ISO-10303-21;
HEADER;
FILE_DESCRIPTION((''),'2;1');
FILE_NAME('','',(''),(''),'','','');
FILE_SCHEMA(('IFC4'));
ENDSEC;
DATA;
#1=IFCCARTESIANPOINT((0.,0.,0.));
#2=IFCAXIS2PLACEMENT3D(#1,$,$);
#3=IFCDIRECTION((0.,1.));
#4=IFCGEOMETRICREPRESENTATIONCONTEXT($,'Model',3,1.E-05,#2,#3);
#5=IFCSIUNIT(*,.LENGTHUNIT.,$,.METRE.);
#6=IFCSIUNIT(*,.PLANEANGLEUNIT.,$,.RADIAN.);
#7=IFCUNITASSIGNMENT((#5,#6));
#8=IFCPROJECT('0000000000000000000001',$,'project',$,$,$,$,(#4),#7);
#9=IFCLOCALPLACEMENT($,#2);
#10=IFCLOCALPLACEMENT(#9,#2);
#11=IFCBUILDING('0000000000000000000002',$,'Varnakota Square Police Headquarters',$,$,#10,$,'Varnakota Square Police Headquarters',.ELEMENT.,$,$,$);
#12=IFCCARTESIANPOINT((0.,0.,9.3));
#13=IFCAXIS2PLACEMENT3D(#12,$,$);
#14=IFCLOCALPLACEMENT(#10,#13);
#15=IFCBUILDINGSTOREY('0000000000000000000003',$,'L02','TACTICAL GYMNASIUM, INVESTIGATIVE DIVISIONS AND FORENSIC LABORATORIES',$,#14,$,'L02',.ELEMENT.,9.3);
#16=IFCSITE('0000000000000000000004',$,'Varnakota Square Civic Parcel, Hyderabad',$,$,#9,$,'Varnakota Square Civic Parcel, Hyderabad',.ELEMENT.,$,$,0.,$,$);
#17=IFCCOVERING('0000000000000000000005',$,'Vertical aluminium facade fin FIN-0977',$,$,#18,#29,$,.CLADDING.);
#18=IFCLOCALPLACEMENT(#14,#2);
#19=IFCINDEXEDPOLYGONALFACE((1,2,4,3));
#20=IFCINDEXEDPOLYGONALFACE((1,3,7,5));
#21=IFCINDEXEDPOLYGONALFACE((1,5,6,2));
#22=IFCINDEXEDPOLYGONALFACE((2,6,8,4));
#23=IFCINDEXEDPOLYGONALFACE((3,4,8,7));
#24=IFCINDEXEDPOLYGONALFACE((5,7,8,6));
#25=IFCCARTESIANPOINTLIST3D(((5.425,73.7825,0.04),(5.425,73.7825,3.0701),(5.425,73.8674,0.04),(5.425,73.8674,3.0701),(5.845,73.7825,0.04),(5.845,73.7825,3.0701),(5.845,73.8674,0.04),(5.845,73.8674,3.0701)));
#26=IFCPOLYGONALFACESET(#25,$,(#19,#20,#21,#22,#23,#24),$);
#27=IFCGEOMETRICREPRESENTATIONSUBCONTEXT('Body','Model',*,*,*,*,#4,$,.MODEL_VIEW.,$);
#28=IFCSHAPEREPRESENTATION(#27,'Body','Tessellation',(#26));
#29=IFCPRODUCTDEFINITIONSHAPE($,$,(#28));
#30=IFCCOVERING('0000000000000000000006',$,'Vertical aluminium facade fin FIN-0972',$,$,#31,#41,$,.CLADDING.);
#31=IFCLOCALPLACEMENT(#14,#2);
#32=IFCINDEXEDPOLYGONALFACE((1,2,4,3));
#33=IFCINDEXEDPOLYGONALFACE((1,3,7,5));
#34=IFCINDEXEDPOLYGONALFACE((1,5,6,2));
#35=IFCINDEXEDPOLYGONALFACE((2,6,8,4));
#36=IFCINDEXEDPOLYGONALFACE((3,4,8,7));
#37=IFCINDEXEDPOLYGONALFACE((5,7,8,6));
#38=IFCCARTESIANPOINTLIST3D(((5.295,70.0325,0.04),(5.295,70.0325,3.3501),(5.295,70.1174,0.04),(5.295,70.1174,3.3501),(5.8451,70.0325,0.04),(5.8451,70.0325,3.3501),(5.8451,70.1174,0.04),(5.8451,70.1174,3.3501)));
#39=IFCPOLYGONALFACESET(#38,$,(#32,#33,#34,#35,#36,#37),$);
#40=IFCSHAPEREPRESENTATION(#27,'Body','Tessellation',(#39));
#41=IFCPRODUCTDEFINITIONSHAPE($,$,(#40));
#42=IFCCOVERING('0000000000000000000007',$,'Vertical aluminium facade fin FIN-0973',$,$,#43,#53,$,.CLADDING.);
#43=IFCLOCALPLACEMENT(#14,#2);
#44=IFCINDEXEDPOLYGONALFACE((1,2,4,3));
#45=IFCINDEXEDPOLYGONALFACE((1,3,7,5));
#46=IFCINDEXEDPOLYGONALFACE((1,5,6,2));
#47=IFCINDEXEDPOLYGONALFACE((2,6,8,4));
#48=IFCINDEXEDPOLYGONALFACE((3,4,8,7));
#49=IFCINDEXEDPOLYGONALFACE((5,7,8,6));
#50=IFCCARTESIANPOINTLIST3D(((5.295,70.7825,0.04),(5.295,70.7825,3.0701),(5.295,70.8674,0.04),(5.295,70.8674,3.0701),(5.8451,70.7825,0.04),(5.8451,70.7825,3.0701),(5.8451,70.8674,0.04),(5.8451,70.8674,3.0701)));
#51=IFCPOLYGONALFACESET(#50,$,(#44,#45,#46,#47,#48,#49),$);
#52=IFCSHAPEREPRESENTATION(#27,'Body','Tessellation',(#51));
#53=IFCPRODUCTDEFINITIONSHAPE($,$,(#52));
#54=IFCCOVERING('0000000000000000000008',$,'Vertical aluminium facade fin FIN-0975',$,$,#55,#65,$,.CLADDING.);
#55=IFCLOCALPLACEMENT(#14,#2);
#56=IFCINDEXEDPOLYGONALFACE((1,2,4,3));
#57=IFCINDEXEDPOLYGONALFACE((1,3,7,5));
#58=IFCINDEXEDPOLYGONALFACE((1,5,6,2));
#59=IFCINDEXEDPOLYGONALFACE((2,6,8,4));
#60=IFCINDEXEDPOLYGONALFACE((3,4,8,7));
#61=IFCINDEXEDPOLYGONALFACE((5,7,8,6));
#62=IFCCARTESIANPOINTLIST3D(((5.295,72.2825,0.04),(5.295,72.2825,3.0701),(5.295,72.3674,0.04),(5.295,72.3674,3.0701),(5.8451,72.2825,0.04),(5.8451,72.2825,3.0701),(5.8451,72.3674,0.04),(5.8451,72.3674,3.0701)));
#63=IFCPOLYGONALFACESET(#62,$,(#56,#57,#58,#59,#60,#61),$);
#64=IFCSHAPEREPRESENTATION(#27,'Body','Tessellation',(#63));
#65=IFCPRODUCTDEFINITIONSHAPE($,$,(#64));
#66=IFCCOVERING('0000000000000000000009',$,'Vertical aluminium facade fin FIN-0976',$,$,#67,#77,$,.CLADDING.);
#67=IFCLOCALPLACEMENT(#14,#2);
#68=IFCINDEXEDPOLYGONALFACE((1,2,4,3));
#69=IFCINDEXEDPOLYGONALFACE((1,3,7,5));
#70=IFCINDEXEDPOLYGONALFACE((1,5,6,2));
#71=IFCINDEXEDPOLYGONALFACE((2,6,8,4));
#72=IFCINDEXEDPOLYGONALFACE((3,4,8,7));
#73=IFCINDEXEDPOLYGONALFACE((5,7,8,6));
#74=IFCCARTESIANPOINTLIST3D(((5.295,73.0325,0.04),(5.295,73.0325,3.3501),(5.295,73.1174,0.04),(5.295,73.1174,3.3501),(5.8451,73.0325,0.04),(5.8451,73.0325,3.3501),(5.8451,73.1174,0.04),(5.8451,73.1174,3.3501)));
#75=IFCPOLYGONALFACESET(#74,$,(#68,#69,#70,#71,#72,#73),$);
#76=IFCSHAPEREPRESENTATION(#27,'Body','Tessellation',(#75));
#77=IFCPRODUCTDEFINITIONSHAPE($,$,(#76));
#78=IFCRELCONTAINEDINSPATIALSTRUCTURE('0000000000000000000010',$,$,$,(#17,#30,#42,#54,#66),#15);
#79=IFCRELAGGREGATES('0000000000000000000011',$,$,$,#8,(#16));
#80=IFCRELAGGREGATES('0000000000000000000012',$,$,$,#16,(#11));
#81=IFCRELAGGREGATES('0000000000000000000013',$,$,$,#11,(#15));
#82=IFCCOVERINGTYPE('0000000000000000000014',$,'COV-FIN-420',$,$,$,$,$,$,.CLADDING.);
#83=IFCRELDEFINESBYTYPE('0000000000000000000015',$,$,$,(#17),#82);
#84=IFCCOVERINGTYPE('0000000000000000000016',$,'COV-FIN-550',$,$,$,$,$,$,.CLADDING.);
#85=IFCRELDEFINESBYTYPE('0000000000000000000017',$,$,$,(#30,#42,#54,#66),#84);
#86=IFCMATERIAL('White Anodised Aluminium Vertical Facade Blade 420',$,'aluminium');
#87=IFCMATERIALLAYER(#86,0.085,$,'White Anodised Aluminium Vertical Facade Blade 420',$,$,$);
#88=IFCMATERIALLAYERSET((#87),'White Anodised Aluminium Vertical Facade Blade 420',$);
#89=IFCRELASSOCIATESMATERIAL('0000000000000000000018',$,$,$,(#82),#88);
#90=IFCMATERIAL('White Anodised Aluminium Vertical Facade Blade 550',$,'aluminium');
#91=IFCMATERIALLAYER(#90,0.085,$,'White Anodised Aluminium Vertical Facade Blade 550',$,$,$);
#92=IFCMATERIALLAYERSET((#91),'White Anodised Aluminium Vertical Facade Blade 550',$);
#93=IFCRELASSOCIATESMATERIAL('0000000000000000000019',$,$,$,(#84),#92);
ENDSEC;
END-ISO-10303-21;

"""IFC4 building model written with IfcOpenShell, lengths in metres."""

from ifc_helpers import new_model, si_unit, direction, frame, origin, origin_2d, place, context, subcontext, project, spatial, rectangle, extrude, material, layer, layer_set, type_object, element, save


model = new_model("IFC4")

# Units and contexts
model_context = context("Model", 3, precision=1e-05, world=origin(), true_north=direction((0.0, 1.0)))
body_context = subcontext(model_context, "Body", "Model", "MODEL_VIEW")
ifc_project = project(units=[si_unit("LENGTHUNIT", "METRE"), si_unit("PLANEANGLEUNIT", "RADIAN")], contexts=[model_context])

# Site, building, storey
site_placement = place(None, origin())
site = spatial("IfcSite", under=ifc_project, at=site_placement, Name="Varnakota Square Civic Parcel, Hyderabad", LongName="Varnakota Square Civic Parcel, Hyderabad", CompositionType="ELEMENT", RefElevation=0.0)
building_placement = place(site_placement, origin())
building = spatial("IfcBuilding", under=site, at=building_placement, Name="Varnakota Square Police Headquarters", LongName="Varnakota Square Police Headquarters", CompositionType="ELEMENT")
storey_placement = place(building_placement, frame((0.0, 0.0, 9.3)))
storey = spatial("IfcBuildingStorey", under=building, at=storey_placement, Name="L02", Description="TACTICAL GYMNASIUM, INVESTIGATIVE DIVISIONS AND FORENSIC LABORATORIES", LongName="L02", CompositionType="ELEMENT", Elevation=9.3)

# Coverings
ifc_material_1 = material(Name="White Anodised Aluminium Vertical Facade Blade 420", Category="aluminium")
ifc_layer_1 = layer(ifc_material_1, 0.085, Name="White Anodised Aluminium Vertical Facade Blade 420")
ifc_layer_set_1 = layer_set([ifc_layer_1], Name="White Anodised Aluminium Vertical Facade Blade 420")
covering_type_1 = type_object("IfcCoveringType", Name="COV-FIN-420", PredefinedType="CLADDING", material=ifc_layer_set_1)
covering_1_placement = place(storey_placement, frame((5.635, 73.825, 0.04), z_axis=(0.0, 0.0, 1.0), x_axis=(0.0, 1.0, 0.0)))
element("IfcCovering", 1, at=covering_1_placement, inside=storey, type_object=covering_type_1, Name="Vertical aluminium facade fin FIN-0977", PredefinedType="CLADDING", context=body_context, shape_type="SweptSolid", body=[
    extrude(rectangle(XDim=0.085, YDim=0.4199, at=origin_2d()), origin(), (0.0, 0.0, 1.0), 3.03),
])
ifc_material_2 = material(Name="White Anodised Aluminium Vertical Facade Blade 550", Category="aluminium")
ifc_layer_2 = layer(ifc_material_2, 0.085, Name="White Anodised Aluminium Vertical Facade Blade 550")
ifc_layer_set_2 = layer_set([ifc_layer_2], Name="White Anodised Aluminium Vertical Facade Blade 550")
covering_type_2 = type_object("IfcCoveringType", Name="COV-FIN-550", PredefinedType="CLADDING", material=ifc_layer_set_2)
covering_2_placement = place(storey_placement, frame((5.5701, 70.075, 0.04), z_axis=(0.0, 0.0, 1.0), x_axis=(0.0, 1.0, 0.0)))
element("IfcCovering", 2, at=covering_2_placement, inside=storey, type_object=covering_type_2, Name="Vertical aluminium facade fin FIN-0972", PredefinedType="CLADDING", context=body_context, shape_type="SweptSolid", body=[
    extrude(rectangle(XDim=0.085, YDim=0.55, at=origin_2d()), origin(), (0.0, 0.0, 1.0), 3.3101),
])
for number, where, z_axis, x_axis, name in (
    (3, (5.5701, 70.825, 0.04), (0.0, 0.0, 1.0), (0.0, 1.0, 0.0), "Vertical aluminium facade fin FIN-0973"),
    (4, (5.5701, 72.325, 0.04), (0.0, 0.0, 1.0), (0.0, 1.0, 0.0), "Vertical aluminium facade fin FIN-0975"),
):
    element("IfcCovering", number, at=place(storey_placement, frame(where, z_axis=z_axis, x_axis=x_axis)), inside=storey, type_object=covering_type_2, Name=name, PredefinedType="CLADDING", context=body_context, shape_type="SweptSolid", body=[
        extrude(rectangle(XDim=0.085, YDim=0.55, at=origin_2d()), origin(), (0.0, 0.0, 1.0), 3.03),
    ])
covering_3_placement = place(storey_placement, frame((5.5701, 73.075, 0.04), z_axis=(0.0, 0.0, 1.0), x_axis=(0.0, 1.0, 0.0)))
element("IfcCovering", 5, at=covering_3_placement, inside=storey, type_object=covering_type_2, Name="Vertical aluminium facade fin FIN-0976", PredefinedType="CLADDING", context=body_context, shape_type="SweptSolid", body=[
    extrude(rectangle(XDim=0.085, YDim=0.55, at=origin_2d()), origin(), (0.0, 0.0, 1.0), 3.3101),
])

save(model, "model.ifc")
